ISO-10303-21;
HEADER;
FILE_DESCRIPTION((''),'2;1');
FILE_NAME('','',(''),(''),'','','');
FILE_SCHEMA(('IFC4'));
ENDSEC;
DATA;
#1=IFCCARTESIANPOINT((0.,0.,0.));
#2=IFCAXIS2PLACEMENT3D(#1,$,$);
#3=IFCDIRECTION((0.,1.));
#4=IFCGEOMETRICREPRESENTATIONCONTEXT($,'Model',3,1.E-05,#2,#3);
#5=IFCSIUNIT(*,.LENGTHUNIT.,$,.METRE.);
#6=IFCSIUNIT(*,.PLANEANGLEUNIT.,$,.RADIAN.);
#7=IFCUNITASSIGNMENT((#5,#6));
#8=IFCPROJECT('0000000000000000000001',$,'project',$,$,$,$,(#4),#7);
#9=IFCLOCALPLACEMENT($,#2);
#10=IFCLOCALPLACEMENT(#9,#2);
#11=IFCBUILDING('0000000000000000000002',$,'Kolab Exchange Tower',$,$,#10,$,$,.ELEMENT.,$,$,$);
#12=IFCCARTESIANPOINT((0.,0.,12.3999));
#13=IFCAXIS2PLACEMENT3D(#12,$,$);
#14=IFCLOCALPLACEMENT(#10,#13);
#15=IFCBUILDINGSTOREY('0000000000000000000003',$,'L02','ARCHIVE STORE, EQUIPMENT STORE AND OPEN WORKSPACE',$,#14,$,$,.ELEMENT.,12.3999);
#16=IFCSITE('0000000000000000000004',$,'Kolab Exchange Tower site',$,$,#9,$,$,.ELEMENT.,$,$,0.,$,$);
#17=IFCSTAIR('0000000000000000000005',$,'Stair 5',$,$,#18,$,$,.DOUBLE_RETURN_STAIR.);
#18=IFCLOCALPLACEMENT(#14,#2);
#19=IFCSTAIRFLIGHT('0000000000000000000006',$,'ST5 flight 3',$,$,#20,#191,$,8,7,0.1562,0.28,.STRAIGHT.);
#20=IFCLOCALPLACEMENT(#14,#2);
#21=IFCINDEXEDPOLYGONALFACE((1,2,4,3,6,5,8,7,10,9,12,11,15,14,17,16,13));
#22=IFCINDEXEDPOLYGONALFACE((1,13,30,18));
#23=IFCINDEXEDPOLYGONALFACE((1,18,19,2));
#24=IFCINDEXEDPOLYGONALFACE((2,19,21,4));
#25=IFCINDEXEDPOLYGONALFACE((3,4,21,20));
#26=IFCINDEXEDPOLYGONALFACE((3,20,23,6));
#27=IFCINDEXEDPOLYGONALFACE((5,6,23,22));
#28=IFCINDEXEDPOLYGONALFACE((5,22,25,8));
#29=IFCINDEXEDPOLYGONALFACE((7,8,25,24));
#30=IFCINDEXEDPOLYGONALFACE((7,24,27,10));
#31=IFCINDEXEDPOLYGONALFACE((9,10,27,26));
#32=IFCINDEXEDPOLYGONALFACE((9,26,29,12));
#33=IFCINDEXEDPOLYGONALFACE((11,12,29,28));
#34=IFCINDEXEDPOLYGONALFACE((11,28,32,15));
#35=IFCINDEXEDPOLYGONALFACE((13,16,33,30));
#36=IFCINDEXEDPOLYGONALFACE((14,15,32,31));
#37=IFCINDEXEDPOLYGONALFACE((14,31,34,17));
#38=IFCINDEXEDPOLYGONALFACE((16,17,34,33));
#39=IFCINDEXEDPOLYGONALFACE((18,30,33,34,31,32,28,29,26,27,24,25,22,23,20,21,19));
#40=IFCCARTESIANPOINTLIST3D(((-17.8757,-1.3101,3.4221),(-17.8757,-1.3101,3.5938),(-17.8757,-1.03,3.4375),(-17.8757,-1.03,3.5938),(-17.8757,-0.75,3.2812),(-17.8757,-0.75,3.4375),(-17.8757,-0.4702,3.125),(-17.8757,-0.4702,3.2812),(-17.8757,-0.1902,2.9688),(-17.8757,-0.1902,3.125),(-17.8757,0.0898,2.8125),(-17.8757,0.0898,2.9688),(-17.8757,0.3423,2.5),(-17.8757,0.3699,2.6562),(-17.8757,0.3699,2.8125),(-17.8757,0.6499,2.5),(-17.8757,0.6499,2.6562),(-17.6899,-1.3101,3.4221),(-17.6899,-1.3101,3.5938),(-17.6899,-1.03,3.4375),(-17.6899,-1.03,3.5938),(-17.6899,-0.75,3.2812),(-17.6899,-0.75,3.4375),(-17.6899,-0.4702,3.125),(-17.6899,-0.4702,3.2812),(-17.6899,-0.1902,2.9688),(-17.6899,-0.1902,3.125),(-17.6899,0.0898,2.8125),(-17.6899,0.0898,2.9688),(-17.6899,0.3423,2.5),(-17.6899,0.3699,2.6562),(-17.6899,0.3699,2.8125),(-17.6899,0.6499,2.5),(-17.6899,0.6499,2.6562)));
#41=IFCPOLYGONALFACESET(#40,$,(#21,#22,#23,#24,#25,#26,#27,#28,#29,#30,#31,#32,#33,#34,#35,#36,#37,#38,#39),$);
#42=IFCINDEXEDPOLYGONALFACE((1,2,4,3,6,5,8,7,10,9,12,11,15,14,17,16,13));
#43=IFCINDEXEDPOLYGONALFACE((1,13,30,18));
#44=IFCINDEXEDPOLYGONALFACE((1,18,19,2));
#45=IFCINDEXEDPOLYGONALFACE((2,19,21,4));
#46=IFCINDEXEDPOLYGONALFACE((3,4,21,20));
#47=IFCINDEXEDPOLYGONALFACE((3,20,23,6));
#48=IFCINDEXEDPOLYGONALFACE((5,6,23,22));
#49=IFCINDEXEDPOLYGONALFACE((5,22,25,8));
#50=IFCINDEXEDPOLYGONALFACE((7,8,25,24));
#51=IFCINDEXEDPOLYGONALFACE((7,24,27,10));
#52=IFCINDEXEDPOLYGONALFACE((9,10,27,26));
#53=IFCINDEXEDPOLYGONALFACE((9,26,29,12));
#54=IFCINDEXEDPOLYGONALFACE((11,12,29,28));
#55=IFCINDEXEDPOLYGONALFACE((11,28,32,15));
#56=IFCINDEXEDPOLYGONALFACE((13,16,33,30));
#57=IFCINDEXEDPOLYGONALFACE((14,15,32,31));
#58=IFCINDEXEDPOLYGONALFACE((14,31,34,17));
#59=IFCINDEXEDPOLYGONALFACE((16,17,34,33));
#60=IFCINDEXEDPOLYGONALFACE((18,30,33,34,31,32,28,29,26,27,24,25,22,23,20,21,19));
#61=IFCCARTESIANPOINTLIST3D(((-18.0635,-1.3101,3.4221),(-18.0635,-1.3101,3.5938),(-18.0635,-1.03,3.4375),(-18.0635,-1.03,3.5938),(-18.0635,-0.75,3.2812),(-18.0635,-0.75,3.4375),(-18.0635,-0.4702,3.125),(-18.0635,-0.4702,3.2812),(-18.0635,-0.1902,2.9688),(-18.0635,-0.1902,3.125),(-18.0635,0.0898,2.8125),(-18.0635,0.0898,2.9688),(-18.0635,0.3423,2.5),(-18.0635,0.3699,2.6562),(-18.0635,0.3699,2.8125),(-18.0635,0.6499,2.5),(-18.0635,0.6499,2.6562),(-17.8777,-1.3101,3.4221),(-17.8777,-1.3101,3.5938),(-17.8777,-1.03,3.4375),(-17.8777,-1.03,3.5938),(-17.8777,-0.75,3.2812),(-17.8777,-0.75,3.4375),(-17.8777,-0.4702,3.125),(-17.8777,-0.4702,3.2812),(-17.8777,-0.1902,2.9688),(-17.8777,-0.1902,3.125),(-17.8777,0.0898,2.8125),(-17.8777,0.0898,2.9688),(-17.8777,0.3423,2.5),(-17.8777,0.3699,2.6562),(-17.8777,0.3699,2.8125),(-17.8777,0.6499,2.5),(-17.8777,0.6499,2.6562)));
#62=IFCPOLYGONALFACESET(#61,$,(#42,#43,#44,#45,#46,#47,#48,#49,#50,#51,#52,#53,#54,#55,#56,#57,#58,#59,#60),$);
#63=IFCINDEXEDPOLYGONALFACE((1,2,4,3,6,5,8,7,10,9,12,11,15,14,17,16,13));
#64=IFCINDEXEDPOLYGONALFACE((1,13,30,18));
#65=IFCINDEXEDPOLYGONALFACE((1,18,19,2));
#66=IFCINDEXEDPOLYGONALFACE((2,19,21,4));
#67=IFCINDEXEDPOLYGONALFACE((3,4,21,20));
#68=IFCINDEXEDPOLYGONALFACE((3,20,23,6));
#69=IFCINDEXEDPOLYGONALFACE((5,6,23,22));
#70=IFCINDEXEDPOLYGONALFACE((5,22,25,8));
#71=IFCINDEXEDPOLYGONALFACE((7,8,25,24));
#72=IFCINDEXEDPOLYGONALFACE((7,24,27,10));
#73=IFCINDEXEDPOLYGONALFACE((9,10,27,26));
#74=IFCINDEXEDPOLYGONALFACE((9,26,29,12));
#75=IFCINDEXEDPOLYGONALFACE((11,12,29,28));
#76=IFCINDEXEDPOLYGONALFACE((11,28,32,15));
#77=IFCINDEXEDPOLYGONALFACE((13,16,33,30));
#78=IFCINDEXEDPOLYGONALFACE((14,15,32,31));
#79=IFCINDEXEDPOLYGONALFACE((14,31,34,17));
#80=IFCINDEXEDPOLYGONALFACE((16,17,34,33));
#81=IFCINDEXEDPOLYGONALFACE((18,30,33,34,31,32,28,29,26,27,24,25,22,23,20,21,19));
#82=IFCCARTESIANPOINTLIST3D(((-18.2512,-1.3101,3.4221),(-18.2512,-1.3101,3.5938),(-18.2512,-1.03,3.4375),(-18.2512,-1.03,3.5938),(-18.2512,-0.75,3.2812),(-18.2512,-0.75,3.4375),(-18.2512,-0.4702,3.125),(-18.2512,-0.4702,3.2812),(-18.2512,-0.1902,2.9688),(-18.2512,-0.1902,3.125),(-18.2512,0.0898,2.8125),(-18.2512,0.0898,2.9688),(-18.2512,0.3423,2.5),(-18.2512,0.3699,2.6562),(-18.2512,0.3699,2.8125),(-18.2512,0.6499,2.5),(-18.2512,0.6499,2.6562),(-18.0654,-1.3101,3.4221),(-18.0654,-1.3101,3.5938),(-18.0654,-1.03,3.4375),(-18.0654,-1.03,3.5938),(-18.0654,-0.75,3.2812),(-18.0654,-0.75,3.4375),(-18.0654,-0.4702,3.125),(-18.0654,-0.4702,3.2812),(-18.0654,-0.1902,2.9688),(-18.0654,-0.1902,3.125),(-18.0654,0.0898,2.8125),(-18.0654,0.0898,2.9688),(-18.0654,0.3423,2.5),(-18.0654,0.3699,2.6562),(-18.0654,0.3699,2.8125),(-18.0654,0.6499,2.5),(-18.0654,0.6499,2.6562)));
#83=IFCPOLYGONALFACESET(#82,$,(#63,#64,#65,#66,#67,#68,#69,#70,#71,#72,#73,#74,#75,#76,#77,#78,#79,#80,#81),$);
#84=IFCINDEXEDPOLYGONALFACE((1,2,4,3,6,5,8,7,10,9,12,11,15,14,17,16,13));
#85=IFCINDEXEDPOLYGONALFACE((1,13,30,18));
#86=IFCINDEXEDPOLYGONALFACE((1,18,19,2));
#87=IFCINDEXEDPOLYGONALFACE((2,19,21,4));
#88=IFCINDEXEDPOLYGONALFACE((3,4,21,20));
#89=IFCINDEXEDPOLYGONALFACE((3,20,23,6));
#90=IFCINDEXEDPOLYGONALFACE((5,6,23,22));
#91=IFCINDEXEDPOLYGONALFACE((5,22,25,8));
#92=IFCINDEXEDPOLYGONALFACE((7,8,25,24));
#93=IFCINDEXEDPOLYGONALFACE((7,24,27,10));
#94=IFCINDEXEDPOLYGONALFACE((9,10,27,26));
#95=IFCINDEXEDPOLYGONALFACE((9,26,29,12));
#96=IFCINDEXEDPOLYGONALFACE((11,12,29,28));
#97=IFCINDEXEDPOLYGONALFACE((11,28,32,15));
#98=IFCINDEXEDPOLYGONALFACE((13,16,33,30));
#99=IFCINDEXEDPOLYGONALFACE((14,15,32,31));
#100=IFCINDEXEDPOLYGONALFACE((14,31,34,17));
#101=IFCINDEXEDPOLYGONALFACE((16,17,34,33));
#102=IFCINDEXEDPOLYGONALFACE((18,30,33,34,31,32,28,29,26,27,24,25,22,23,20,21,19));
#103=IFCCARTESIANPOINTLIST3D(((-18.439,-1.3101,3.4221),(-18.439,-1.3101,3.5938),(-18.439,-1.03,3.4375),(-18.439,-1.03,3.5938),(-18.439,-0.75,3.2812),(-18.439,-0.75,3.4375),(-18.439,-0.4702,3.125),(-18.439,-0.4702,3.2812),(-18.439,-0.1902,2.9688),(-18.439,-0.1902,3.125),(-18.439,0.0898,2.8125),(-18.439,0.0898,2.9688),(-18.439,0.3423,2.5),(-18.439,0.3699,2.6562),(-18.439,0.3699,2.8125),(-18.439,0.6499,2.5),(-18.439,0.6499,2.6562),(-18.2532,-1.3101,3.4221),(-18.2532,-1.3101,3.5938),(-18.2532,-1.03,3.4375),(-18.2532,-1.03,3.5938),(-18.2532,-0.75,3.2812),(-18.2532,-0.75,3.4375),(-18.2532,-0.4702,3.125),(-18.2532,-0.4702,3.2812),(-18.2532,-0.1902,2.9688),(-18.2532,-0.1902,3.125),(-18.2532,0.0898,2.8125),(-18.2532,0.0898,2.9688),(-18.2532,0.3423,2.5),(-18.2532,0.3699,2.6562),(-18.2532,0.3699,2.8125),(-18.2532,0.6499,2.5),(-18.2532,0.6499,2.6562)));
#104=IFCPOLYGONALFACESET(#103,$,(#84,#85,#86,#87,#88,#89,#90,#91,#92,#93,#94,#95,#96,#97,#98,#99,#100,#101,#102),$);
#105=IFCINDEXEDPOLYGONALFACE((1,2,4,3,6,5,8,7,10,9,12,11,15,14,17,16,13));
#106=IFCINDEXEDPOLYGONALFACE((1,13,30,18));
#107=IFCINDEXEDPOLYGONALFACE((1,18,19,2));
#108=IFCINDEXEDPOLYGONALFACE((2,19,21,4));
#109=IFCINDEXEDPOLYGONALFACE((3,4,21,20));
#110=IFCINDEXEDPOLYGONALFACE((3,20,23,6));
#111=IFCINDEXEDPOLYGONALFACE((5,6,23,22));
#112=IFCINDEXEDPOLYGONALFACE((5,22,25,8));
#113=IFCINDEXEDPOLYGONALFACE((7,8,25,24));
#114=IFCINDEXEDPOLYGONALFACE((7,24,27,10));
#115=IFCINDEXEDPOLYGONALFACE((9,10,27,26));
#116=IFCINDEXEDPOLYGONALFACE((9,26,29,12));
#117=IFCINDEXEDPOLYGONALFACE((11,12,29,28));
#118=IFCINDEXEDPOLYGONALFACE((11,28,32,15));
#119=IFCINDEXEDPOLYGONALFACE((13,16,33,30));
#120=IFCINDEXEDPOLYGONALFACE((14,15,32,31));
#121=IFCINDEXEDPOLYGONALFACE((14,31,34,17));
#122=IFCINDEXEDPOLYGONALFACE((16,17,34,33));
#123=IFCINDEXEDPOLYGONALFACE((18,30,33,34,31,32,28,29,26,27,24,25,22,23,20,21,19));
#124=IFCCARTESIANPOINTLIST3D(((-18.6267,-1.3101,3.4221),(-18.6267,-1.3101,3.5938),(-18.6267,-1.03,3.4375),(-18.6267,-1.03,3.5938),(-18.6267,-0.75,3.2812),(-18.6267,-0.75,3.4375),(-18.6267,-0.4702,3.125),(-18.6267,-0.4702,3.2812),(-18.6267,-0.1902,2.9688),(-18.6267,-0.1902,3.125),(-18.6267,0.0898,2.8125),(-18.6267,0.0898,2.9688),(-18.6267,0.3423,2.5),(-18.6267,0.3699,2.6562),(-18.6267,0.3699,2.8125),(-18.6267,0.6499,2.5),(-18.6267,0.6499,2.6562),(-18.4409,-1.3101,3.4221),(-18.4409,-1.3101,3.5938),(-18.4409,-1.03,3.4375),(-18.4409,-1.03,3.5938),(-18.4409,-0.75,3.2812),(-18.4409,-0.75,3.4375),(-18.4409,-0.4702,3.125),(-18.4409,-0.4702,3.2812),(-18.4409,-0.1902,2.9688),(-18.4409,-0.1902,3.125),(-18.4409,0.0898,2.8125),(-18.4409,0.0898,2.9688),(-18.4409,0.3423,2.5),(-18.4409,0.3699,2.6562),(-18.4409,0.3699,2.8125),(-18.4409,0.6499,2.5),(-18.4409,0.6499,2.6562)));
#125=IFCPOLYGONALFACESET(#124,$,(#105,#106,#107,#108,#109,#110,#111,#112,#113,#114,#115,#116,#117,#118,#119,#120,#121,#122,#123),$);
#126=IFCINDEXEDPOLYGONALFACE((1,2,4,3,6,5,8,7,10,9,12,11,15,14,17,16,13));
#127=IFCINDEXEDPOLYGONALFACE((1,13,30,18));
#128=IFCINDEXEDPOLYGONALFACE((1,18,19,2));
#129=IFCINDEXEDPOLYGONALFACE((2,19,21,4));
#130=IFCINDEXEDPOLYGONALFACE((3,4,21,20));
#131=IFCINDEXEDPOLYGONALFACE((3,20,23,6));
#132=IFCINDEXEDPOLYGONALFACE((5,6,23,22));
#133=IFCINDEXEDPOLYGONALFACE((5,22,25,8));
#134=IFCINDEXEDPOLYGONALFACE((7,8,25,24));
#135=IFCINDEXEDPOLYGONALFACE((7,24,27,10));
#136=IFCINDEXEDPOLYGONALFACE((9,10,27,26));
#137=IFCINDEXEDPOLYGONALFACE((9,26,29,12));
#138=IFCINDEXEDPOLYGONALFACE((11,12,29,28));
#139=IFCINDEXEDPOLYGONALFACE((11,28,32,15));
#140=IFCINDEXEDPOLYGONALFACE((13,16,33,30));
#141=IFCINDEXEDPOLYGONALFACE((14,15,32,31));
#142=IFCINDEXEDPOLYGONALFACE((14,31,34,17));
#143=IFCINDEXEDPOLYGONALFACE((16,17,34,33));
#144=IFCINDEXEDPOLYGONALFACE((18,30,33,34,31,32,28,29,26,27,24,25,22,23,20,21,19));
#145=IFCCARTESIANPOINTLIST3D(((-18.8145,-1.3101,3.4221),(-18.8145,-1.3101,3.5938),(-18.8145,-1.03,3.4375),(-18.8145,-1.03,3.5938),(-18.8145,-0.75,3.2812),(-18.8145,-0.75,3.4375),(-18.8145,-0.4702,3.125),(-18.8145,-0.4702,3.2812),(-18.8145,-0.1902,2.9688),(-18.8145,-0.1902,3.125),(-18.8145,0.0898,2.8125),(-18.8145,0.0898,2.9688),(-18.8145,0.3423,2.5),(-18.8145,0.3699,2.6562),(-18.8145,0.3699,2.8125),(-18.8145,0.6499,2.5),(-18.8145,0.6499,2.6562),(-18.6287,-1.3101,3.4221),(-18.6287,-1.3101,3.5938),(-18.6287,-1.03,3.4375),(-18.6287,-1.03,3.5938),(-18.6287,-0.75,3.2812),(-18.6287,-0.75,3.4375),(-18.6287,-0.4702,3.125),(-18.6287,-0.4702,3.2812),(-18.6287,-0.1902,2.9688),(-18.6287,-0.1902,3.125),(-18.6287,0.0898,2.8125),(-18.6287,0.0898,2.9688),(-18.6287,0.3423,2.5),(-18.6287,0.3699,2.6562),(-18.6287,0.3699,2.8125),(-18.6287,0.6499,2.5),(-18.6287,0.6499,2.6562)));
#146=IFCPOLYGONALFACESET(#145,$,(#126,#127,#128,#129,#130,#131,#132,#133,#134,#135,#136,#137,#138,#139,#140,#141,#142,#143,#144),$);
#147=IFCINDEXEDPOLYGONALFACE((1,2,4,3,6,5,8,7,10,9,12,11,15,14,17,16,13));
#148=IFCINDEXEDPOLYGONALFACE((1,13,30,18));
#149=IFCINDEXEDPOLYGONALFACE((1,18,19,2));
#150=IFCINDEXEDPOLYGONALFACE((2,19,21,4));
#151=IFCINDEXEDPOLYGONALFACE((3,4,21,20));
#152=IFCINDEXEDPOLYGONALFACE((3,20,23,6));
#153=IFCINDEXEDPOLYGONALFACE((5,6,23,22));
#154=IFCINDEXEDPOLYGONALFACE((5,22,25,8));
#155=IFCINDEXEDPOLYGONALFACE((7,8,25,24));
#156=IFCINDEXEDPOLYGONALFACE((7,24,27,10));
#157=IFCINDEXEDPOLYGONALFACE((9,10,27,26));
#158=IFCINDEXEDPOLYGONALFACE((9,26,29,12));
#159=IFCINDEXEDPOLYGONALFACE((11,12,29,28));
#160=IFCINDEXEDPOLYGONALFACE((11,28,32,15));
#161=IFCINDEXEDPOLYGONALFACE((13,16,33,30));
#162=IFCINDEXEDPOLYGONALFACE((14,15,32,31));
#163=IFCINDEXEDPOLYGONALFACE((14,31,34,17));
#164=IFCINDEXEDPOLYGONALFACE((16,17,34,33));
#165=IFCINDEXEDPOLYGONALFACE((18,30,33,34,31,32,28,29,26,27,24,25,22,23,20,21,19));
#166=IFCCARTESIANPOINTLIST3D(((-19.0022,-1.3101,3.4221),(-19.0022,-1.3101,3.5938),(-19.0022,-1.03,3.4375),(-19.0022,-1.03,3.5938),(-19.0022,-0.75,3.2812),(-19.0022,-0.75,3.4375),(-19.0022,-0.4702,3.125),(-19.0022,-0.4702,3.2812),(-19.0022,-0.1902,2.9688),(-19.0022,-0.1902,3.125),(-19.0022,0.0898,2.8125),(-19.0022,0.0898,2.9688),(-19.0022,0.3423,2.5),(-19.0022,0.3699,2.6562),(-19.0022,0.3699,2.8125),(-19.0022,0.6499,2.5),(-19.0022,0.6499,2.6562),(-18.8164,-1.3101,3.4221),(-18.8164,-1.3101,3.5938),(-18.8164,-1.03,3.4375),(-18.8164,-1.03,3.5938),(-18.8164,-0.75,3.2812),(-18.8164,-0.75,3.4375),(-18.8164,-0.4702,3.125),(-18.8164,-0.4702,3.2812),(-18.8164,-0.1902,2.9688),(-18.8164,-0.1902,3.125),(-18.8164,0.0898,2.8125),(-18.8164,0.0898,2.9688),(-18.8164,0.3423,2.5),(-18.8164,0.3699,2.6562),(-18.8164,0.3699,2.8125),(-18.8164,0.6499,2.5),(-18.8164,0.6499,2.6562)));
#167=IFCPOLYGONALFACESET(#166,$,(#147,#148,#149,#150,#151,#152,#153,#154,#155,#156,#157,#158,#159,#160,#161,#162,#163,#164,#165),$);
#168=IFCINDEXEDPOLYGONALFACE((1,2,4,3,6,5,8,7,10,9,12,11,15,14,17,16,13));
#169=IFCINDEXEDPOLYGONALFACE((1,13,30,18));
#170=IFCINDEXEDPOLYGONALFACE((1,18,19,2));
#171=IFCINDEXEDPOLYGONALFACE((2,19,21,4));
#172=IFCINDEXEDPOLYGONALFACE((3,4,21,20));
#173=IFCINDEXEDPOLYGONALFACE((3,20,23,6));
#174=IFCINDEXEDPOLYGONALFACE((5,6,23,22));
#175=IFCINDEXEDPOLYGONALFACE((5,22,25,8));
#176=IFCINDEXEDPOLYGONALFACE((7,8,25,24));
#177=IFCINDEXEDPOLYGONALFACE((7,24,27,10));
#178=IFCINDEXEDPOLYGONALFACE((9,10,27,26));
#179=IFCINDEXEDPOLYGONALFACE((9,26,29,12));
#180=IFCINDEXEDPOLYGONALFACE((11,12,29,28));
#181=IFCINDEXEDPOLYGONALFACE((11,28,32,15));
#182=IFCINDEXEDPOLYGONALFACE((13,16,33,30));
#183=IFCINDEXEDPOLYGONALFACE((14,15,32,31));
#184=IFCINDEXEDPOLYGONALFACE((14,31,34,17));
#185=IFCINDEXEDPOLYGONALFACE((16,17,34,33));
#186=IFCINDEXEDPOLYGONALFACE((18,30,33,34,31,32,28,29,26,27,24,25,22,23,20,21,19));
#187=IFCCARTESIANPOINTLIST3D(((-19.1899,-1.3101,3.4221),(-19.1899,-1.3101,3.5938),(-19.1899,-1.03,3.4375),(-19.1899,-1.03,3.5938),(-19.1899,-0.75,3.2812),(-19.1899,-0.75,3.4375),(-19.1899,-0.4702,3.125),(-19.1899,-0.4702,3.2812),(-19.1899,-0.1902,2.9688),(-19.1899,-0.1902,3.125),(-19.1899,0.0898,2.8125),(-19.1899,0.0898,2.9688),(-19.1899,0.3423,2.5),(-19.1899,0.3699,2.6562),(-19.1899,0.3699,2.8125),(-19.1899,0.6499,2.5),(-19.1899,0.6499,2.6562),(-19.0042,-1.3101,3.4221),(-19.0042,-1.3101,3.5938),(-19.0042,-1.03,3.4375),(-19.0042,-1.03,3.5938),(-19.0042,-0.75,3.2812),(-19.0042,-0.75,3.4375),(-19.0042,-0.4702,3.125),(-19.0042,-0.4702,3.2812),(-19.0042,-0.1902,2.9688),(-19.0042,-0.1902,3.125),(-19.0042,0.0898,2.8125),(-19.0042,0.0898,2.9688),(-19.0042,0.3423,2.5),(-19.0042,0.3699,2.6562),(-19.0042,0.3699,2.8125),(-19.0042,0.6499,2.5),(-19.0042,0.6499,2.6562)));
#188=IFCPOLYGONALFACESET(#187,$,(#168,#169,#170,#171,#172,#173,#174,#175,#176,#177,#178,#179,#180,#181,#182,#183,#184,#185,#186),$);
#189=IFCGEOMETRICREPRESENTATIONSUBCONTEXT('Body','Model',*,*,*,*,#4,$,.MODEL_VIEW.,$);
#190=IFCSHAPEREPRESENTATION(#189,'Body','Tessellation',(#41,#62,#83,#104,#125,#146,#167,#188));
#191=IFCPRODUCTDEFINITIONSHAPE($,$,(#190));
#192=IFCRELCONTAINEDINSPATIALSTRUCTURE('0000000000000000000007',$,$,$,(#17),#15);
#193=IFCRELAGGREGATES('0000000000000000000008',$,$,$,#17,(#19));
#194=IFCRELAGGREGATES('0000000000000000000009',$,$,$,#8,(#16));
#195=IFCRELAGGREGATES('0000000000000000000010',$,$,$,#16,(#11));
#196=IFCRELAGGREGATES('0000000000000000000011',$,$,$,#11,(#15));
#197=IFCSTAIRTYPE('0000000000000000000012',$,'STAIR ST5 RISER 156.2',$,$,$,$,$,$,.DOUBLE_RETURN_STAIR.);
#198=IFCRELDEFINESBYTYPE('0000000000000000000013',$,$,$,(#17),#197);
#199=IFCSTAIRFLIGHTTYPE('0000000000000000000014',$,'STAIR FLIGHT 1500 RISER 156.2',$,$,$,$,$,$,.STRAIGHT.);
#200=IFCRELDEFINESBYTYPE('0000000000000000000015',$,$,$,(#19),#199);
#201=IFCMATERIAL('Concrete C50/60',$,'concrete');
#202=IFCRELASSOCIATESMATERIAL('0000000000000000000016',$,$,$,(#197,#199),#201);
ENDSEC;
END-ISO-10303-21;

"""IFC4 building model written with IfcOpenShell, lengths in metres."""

from ifc_helpers import new_model, si_unit, direction, frame, origin, place, context, subcontext, project, spatial, polyline, outline, extrude, material, type_object, element, aggregate, save


model = new_model("IFC4")

# Units and contexts
model_context = context("Model", 3, precision=1e-05, world=origin(), true_north=direction((0.0, 1.0)))
body_context = subcontext(model_context, "Body", "Model", "MODEL_VIEW")
ifc_project = project(units=[si_unit("LENGTHUNIT", "METRE"), si_unit("PLANEANGLEUNIT", "RADIAN")], contexts=[model_context])

# Site, building, storey
site_placement = place(None, origin())
site = spatial("IfcSite", under=ifc_project, at=site_placement, Name="Kolab Exchange Tower site", CompositionType="ELEMENT", RefElevation=0.0)
building_placement = place(site_placement, origin())
building = spatial("IfcBuilding", under=site, at=building_placement, Name="Kolab Exchange Tower", CompositionType="ELEMENT")
storey_placement = place(building_placement, frame((0.0, 0.0, 12.3999)))
storey = spatial("IfcBuildingStorey", under=building, at=storey_placement, Name="L02", Description="ARCHIVE STORE, EQUIPMENT STORE AND OPEN WORKSPACE", CompositionType="ELEMENT", Elevation=12.3999)

# Shared definitions
ifc_material_1 = material(Name="Concrete C50/60", Category="concrete")

# Stair, stair flight
stair_type = type_object("IfcStairType", Name="STAIR ST5 RISER 156.2", PredefinedType="DOUBLE_RETURN_STAIR", material=ifc_material_1)
stair_placement = place(storey_placement, origin())
stair = element("IfcStair", 1, at=stair_placement, inside=storey, type_object=stair_type, Name="Stair 5", PredefinedType="DOUBLE_RETURN_STAIR")
stair_flight_type = type_object("IfcStairFlightType", Name="STAIR FLIGHT 1500 RISER 156.2", PredefinedType="STRAIGHT", material=ifc_material_1)
stair_flight_1_placement = place(storey_placement, frame((-18.4399, 0.6499, 2.5), z_axis=(0.0, 0.0, 1.0), x_axis=(0.0, -1.0, 0.0)))
stair_flight_1 = element("IfcStairFlight", 2, at=stair_flight_1_placement, type_object=stair_flight_type, Name="ST5 flight 3", NumberOfRisers=8, NumberOfTreads=7, PredefinedType="STRAIGHT", RiserHeight=0.1562, TreadLength=0.28, context=body_context, shape_type="SweptSolid", body=[
    extrude(outline(polyline([(0.0, 0.0), (0.0, 0.1562), (0.28, 0.1562), (0.28, 0.3125), (0.5601, 0.3125), (0.5601, 0.4688), (0.8401, 0.4688), (0.8401, 0.625), (1.1201, 0.625), (1.1201, 0.7812), (1.3999, 0.7812), (1.3999, 0.9375), (1.6799, 0.9375), (1.6799, 1.0938), (1.96, 1.0938), (1.96, 1.25), (1.96, 0.9221), (0.3076, 0.0), (0.0, 0.0)])), frame((0.0, 0.75, 0.0), z_axis=(0.0, -1.0, 0.0), x_axis=(1.0, 0.0, 0.0)), (0.0, 0.0, 1.0), 0.1858),
    extrude(outline(polyline([(0.0, 0.0), (0.0, 0.1562), (0.28, 0.1562), (0.28, 0.3125), (0.5601, 0.3125), (0.5601, 0.4688), (0.8401, 0.4688), (0.8401, 0.625), (1.1201, 0.625), (1.1201, 0.7812), (1.3999, 0.7812), (1.3999, 0.9375), (1.6799, 0.9375), (1.6799, 1.0938), (1.96, 1.0938), (1.96, 1.25), (1.96, 0.9221), (0.3076, 0.0), (0.0, 0.0)])), frame((0.0, 0.5623, 0.0), z_axis=(0.0, -1.0, 0.0), x_axis=(1.0, 0.0, 0.0)), (0.0, 0.0, 1.0), 0.1858),
    extrude(outline(polyline([(0.0, 0.0), (0.0, 0.1562), (0.28, 0.1562), (0.28, 0.3125), (0.5601, 0.3125), (0.5601, 0.4688), (0.8401, 0.4688), (0.8401, 0.625), (1.1201, 0.625), (1.1201, 0.7812), (1.3999, 0.7812), (1.3999, 0.9375), (1.6799, 0.9375), (1.6799, 1.0938), (1.96, 1.0938), (1.96, 1.25), (1.96, 0.9221), (0.3076, 0.0), (0.0, 0.0)])), frame((0.0, 0.3745, 0.0), z_axis=(0.0, -1.0, 0.0), x_axis=(1.0, 0.0, 0.0)), (0.0, 0.0, 1.0), 0.1858),
    extrude(outline(polyline([(0.0, 0.0), (0.0, 0.1562), (0.28, 0.1562), (0.28, 0.3125), (0.5601, 0.3125), (0.5601, 0.4688), (0.8401, 0.4688), (0.8401, 0.625), (1.1201, 0.625), (1.1201, 0.7812), (1.3999, 0.7812), (1.3999, 0.9375), (1.6799, 0.9375), (1.6799, 1.0938), (1.96, 1.0938), (1.96, 1.25), (1.96, 0.9221), (0.3076, 0.0), (0.0, 0.0)])), frame((0.0, 0.1868, 0.0), z_axis=(0.0, -1.0, 0.0), x_axis=(1.0, 0.0, 0.0)), (0.0, 0.0, 1.0), 0.1858),
    extrude(outline(polyline([(0.0, 0.0), (0.0, 0.1562), (0.28, 0.1562), (0.28, 0.3125), (0.5601, 0.3125), (0.5601, 0.4688), (0.8401, 0.4688), (0.8401, 0.625), (1.1201, 0.625), (1.1201, 0.7812), (1.3999, 0.7812), (1.3999, 0.9375), (1.6799, 0.9375), (1.6799, 1.0938), (1.96, 1.0938), (1.96, 1.25), (1.96, 0.9221), (0.3076, 0.0), (0.0, 0.0)])), frame((0.0, -0.001, 0.0), z_axis=(0.0, -1.0, 0.0), x_axis=(1.0, 0.0, 0.0)), (0.0, 0.0, 1.0), 0.1858),
    extrude(outline(polyline([(0.0, 0.0), (0.0, 0.1562), (0.28, 0.1562), (0.28, 0.3125), (0.5601, 0.3125), (0.5601, 0.4688), (0.8401, 0.4688), (0.8401, 0.625), (1.1201, 0.625), (1.1201, 0.7812), (1.3999, 0.7812), (1.3999, 0.9375), (1.6799, 0.9375), (1.6799, 1.0938), (1.96, 1.0938), (1.96, 1.25), (1.96, 0.9221), (0.3076, 0.0), (0.0, 0.0)])), frame((0.0, -0.1887, 0.0), z_axis=(0.0, -1.0, 0.0), x_axis=(1.0, 0.0, 0.0)), (0.0, 0.0, 1.0), 0.1858),
    extrude(outline(polyline([(0.0, 0.0), (0.0, 0.1562), (0.28, 0.1562), (0.28, 0.3125), (0.5601, 0.3125), (0.5601, 0.4688), (0.8401, 0.4688), (0.8401, 0.625), (1.1201, 0.625), (1.1201, 0.7812), (1.3999, 0.7812), (1.3999, 0.9375), (1.6799, 0.9375), (1.6799, 1.0938), (1.96, 1.0938), (1.96, 1.25), (1.96, 0.9221), (0.3076, 0.0), (0.0, 0.0)])), frame((0.0, -0.3765, 0.0), z_axis=(0.0, -1.0, 0.0), x_axis=(1.0, 0.0, 0.0)), (0.0, 0.0, 1.0), 0.1858),
    extrude(outline(polyline([(0.0, 0.0), (0.0, 0.1562), (0.28, 0.1562), (0.28, 0.3125), (0.5601, 0.3125), (0.5601, 0.4688), (0.8401, 0.4688), (0.8401, 0.625), (1.1201, 0.625), (1.1201, 0.7812), (1.3999, 0.7812), (1.3999, 0.9375), (1.6799, 0.9375), (1.6799, 1.0938), (1.96, 1.0938), (1.96, 1.25), (1.96, 0.9221), (0.3076, 0.0), (0.0, 0.0)])), frame((0.0, -0.5642, 0.0), z_axis=(0.0, -1.0, 0.0), x_axis=(1.0, 0.0, 0.0)), (0.0, 0.0, 1.0), 0.1858),
])
aggregate(stair, [stair_flight_1])

save(model, "model.ifc")
